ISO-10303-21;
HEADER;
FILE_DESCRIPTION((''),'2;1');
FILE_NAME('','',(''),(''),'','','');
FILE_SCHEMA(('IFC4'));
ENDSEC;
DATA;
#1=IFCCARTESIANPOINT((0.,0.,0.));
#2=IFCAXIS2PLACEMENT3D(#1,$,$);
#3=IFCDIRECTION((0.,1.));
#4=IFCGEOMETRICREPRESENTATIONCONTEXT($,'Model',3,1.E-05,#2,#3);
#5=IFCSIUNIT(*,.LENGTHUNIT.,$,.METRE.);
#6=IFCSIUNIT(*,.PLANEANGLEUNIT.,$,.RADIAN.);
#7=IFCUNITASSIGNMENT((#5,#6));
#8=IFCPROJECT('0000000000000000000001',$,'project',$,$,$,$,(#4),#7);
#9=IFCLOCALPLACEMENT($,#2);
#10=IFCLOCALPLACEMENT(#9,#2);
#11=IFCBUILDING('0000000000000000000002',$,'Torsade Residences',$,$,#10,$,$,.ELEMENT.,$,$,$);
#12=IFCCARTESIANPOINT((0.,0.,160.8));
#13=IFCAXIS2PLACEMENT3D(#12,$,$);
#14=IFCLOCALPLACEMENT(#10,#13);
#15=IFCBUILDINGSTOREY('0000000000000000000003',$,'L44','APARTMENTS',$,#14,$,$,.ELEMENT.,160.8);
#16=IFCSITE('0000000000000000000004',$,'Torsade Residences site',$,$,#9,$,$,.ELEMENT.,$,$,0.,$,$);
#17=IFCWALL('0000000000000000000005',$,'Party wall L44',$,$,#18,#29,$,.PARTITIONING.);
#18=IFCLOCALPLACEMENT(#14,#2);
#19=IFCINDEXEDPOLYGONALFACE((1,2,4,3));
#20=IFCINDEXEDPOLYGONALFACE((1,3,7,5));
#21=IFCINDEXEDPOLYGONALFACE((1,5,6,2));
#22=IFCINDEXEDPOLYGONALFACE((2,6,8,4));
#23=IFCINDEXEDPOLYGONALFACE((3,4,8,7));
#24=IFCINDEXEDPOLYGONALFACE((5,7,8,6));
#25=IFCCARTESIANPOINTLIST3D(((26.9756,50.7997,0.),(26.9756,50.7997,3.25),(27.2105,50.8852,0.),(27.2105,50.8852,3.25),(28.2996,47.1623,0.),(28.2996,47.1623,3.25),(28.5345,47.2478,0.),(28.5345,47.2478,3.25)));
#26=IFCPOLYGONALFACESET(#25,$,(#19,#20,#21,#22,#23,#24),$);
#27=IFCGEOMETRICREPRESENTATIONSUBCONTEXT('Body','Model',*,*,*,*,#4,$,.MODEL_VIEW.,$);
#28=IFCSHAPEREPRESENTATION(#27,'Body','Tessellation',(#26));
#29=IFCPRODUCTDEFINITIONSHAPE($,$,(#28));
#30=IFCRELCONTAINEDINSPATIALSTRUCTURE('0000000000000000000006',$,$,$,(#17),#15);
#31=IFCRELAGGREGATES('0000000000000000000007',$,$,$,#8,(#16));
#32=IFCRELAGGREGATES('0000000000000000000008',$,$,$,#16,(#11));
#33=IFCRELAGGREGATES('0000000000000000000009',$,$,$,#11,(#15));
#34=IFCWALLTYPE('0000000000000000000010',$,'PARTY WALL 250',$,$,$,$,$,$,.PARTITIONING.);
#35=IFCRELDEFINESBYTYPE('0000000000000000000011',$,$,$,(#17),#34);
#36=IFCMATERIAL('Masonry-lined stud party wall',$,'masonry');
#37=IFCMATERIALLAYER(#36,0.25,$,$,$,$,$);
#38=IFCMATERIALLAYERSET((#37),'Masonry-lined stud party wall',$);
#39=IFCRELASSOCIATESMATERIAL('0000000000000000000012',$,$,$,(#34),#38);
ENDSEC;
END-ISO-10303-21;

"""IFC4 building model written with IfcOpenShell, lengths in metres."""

from ifc_helpers import new_model, si_unit, direction, frame, frame_2d, origin, place, context, subcontext, project, spatial, rectangle, extrude, material, layer, layer_set, type_object, element, save


model = new_model("IFC4")

# Units and contexts
model_context = context("Model", 3, precision=1e-05, world=origin(), true_north=direction((0.0, 1.0)))
body_context = subcontext(model_context, "Body", "Model", "MODEL_VIEW")
ifc_project = project(units=[si_unit("LENGTHUNIT", "METRE"), si_unit("PLANEANGLEUNIT", "RADIAN")], contexts=[model_context])

# Site, building, storey
site_placement = place(None, origin())
site = spatial("IfcSite", under=ifc_project, at=site_placement, Name="Torsade Residences site", CompositionType="ELEMENT", RefElevation=0.0)
building_placement = place(site_placement, origin())
building = spatial("IfcBuilding", under=site, at=building_placement, Name="Torsade Residences", CompositionType="ELEMENT")
storey_placement = place(building_placement, frame((0.0, 0.0, 160.8)))
storey = spatial("IfcBuildingStorey", under=building, at=storey_placement, Name="L44", Description="APARTMENTS", CompositionType="ELEMENT", Elevation=160.8)

# Wall
ifc_material_1 = material(Name="Masonry-lined stud party wall", Category="masonry")
ifc_layer_1 = layer(ifc_material_1, 0.25)
ifc_layer_set_1 = layer_set([ifc_layer_1], Name="Masonry-lined stud party wall")
wall_type_1 = type_object("IfcWallType", Name="PARTY WALL 250", PredefinedType="PARTITIONING", material=ifc_layer_set_1)
wall_1_placement = place(storey_placement, frame((27.093, 50.8425, 0.0), z_axis=(0.0, 0.0, 1.0), x_axis=(0.342032, -0.939688, 0.0)))
element("IfcWall", 1, at=wall_1_placement, inside=storey, type_object=wall_type_1, Name="Party wall L44", PredefinedType="PARTITIONING", context=body_context, shape_type="SweptSolid", body=[
    extrude(rectangle(XDim=3.8708, YDim=0.25, at=frame_2d((1.9355, 0.0))), origin(), (0.0, 0.0, 1.0), 3.25),
])

save(model, "model.ifc")
